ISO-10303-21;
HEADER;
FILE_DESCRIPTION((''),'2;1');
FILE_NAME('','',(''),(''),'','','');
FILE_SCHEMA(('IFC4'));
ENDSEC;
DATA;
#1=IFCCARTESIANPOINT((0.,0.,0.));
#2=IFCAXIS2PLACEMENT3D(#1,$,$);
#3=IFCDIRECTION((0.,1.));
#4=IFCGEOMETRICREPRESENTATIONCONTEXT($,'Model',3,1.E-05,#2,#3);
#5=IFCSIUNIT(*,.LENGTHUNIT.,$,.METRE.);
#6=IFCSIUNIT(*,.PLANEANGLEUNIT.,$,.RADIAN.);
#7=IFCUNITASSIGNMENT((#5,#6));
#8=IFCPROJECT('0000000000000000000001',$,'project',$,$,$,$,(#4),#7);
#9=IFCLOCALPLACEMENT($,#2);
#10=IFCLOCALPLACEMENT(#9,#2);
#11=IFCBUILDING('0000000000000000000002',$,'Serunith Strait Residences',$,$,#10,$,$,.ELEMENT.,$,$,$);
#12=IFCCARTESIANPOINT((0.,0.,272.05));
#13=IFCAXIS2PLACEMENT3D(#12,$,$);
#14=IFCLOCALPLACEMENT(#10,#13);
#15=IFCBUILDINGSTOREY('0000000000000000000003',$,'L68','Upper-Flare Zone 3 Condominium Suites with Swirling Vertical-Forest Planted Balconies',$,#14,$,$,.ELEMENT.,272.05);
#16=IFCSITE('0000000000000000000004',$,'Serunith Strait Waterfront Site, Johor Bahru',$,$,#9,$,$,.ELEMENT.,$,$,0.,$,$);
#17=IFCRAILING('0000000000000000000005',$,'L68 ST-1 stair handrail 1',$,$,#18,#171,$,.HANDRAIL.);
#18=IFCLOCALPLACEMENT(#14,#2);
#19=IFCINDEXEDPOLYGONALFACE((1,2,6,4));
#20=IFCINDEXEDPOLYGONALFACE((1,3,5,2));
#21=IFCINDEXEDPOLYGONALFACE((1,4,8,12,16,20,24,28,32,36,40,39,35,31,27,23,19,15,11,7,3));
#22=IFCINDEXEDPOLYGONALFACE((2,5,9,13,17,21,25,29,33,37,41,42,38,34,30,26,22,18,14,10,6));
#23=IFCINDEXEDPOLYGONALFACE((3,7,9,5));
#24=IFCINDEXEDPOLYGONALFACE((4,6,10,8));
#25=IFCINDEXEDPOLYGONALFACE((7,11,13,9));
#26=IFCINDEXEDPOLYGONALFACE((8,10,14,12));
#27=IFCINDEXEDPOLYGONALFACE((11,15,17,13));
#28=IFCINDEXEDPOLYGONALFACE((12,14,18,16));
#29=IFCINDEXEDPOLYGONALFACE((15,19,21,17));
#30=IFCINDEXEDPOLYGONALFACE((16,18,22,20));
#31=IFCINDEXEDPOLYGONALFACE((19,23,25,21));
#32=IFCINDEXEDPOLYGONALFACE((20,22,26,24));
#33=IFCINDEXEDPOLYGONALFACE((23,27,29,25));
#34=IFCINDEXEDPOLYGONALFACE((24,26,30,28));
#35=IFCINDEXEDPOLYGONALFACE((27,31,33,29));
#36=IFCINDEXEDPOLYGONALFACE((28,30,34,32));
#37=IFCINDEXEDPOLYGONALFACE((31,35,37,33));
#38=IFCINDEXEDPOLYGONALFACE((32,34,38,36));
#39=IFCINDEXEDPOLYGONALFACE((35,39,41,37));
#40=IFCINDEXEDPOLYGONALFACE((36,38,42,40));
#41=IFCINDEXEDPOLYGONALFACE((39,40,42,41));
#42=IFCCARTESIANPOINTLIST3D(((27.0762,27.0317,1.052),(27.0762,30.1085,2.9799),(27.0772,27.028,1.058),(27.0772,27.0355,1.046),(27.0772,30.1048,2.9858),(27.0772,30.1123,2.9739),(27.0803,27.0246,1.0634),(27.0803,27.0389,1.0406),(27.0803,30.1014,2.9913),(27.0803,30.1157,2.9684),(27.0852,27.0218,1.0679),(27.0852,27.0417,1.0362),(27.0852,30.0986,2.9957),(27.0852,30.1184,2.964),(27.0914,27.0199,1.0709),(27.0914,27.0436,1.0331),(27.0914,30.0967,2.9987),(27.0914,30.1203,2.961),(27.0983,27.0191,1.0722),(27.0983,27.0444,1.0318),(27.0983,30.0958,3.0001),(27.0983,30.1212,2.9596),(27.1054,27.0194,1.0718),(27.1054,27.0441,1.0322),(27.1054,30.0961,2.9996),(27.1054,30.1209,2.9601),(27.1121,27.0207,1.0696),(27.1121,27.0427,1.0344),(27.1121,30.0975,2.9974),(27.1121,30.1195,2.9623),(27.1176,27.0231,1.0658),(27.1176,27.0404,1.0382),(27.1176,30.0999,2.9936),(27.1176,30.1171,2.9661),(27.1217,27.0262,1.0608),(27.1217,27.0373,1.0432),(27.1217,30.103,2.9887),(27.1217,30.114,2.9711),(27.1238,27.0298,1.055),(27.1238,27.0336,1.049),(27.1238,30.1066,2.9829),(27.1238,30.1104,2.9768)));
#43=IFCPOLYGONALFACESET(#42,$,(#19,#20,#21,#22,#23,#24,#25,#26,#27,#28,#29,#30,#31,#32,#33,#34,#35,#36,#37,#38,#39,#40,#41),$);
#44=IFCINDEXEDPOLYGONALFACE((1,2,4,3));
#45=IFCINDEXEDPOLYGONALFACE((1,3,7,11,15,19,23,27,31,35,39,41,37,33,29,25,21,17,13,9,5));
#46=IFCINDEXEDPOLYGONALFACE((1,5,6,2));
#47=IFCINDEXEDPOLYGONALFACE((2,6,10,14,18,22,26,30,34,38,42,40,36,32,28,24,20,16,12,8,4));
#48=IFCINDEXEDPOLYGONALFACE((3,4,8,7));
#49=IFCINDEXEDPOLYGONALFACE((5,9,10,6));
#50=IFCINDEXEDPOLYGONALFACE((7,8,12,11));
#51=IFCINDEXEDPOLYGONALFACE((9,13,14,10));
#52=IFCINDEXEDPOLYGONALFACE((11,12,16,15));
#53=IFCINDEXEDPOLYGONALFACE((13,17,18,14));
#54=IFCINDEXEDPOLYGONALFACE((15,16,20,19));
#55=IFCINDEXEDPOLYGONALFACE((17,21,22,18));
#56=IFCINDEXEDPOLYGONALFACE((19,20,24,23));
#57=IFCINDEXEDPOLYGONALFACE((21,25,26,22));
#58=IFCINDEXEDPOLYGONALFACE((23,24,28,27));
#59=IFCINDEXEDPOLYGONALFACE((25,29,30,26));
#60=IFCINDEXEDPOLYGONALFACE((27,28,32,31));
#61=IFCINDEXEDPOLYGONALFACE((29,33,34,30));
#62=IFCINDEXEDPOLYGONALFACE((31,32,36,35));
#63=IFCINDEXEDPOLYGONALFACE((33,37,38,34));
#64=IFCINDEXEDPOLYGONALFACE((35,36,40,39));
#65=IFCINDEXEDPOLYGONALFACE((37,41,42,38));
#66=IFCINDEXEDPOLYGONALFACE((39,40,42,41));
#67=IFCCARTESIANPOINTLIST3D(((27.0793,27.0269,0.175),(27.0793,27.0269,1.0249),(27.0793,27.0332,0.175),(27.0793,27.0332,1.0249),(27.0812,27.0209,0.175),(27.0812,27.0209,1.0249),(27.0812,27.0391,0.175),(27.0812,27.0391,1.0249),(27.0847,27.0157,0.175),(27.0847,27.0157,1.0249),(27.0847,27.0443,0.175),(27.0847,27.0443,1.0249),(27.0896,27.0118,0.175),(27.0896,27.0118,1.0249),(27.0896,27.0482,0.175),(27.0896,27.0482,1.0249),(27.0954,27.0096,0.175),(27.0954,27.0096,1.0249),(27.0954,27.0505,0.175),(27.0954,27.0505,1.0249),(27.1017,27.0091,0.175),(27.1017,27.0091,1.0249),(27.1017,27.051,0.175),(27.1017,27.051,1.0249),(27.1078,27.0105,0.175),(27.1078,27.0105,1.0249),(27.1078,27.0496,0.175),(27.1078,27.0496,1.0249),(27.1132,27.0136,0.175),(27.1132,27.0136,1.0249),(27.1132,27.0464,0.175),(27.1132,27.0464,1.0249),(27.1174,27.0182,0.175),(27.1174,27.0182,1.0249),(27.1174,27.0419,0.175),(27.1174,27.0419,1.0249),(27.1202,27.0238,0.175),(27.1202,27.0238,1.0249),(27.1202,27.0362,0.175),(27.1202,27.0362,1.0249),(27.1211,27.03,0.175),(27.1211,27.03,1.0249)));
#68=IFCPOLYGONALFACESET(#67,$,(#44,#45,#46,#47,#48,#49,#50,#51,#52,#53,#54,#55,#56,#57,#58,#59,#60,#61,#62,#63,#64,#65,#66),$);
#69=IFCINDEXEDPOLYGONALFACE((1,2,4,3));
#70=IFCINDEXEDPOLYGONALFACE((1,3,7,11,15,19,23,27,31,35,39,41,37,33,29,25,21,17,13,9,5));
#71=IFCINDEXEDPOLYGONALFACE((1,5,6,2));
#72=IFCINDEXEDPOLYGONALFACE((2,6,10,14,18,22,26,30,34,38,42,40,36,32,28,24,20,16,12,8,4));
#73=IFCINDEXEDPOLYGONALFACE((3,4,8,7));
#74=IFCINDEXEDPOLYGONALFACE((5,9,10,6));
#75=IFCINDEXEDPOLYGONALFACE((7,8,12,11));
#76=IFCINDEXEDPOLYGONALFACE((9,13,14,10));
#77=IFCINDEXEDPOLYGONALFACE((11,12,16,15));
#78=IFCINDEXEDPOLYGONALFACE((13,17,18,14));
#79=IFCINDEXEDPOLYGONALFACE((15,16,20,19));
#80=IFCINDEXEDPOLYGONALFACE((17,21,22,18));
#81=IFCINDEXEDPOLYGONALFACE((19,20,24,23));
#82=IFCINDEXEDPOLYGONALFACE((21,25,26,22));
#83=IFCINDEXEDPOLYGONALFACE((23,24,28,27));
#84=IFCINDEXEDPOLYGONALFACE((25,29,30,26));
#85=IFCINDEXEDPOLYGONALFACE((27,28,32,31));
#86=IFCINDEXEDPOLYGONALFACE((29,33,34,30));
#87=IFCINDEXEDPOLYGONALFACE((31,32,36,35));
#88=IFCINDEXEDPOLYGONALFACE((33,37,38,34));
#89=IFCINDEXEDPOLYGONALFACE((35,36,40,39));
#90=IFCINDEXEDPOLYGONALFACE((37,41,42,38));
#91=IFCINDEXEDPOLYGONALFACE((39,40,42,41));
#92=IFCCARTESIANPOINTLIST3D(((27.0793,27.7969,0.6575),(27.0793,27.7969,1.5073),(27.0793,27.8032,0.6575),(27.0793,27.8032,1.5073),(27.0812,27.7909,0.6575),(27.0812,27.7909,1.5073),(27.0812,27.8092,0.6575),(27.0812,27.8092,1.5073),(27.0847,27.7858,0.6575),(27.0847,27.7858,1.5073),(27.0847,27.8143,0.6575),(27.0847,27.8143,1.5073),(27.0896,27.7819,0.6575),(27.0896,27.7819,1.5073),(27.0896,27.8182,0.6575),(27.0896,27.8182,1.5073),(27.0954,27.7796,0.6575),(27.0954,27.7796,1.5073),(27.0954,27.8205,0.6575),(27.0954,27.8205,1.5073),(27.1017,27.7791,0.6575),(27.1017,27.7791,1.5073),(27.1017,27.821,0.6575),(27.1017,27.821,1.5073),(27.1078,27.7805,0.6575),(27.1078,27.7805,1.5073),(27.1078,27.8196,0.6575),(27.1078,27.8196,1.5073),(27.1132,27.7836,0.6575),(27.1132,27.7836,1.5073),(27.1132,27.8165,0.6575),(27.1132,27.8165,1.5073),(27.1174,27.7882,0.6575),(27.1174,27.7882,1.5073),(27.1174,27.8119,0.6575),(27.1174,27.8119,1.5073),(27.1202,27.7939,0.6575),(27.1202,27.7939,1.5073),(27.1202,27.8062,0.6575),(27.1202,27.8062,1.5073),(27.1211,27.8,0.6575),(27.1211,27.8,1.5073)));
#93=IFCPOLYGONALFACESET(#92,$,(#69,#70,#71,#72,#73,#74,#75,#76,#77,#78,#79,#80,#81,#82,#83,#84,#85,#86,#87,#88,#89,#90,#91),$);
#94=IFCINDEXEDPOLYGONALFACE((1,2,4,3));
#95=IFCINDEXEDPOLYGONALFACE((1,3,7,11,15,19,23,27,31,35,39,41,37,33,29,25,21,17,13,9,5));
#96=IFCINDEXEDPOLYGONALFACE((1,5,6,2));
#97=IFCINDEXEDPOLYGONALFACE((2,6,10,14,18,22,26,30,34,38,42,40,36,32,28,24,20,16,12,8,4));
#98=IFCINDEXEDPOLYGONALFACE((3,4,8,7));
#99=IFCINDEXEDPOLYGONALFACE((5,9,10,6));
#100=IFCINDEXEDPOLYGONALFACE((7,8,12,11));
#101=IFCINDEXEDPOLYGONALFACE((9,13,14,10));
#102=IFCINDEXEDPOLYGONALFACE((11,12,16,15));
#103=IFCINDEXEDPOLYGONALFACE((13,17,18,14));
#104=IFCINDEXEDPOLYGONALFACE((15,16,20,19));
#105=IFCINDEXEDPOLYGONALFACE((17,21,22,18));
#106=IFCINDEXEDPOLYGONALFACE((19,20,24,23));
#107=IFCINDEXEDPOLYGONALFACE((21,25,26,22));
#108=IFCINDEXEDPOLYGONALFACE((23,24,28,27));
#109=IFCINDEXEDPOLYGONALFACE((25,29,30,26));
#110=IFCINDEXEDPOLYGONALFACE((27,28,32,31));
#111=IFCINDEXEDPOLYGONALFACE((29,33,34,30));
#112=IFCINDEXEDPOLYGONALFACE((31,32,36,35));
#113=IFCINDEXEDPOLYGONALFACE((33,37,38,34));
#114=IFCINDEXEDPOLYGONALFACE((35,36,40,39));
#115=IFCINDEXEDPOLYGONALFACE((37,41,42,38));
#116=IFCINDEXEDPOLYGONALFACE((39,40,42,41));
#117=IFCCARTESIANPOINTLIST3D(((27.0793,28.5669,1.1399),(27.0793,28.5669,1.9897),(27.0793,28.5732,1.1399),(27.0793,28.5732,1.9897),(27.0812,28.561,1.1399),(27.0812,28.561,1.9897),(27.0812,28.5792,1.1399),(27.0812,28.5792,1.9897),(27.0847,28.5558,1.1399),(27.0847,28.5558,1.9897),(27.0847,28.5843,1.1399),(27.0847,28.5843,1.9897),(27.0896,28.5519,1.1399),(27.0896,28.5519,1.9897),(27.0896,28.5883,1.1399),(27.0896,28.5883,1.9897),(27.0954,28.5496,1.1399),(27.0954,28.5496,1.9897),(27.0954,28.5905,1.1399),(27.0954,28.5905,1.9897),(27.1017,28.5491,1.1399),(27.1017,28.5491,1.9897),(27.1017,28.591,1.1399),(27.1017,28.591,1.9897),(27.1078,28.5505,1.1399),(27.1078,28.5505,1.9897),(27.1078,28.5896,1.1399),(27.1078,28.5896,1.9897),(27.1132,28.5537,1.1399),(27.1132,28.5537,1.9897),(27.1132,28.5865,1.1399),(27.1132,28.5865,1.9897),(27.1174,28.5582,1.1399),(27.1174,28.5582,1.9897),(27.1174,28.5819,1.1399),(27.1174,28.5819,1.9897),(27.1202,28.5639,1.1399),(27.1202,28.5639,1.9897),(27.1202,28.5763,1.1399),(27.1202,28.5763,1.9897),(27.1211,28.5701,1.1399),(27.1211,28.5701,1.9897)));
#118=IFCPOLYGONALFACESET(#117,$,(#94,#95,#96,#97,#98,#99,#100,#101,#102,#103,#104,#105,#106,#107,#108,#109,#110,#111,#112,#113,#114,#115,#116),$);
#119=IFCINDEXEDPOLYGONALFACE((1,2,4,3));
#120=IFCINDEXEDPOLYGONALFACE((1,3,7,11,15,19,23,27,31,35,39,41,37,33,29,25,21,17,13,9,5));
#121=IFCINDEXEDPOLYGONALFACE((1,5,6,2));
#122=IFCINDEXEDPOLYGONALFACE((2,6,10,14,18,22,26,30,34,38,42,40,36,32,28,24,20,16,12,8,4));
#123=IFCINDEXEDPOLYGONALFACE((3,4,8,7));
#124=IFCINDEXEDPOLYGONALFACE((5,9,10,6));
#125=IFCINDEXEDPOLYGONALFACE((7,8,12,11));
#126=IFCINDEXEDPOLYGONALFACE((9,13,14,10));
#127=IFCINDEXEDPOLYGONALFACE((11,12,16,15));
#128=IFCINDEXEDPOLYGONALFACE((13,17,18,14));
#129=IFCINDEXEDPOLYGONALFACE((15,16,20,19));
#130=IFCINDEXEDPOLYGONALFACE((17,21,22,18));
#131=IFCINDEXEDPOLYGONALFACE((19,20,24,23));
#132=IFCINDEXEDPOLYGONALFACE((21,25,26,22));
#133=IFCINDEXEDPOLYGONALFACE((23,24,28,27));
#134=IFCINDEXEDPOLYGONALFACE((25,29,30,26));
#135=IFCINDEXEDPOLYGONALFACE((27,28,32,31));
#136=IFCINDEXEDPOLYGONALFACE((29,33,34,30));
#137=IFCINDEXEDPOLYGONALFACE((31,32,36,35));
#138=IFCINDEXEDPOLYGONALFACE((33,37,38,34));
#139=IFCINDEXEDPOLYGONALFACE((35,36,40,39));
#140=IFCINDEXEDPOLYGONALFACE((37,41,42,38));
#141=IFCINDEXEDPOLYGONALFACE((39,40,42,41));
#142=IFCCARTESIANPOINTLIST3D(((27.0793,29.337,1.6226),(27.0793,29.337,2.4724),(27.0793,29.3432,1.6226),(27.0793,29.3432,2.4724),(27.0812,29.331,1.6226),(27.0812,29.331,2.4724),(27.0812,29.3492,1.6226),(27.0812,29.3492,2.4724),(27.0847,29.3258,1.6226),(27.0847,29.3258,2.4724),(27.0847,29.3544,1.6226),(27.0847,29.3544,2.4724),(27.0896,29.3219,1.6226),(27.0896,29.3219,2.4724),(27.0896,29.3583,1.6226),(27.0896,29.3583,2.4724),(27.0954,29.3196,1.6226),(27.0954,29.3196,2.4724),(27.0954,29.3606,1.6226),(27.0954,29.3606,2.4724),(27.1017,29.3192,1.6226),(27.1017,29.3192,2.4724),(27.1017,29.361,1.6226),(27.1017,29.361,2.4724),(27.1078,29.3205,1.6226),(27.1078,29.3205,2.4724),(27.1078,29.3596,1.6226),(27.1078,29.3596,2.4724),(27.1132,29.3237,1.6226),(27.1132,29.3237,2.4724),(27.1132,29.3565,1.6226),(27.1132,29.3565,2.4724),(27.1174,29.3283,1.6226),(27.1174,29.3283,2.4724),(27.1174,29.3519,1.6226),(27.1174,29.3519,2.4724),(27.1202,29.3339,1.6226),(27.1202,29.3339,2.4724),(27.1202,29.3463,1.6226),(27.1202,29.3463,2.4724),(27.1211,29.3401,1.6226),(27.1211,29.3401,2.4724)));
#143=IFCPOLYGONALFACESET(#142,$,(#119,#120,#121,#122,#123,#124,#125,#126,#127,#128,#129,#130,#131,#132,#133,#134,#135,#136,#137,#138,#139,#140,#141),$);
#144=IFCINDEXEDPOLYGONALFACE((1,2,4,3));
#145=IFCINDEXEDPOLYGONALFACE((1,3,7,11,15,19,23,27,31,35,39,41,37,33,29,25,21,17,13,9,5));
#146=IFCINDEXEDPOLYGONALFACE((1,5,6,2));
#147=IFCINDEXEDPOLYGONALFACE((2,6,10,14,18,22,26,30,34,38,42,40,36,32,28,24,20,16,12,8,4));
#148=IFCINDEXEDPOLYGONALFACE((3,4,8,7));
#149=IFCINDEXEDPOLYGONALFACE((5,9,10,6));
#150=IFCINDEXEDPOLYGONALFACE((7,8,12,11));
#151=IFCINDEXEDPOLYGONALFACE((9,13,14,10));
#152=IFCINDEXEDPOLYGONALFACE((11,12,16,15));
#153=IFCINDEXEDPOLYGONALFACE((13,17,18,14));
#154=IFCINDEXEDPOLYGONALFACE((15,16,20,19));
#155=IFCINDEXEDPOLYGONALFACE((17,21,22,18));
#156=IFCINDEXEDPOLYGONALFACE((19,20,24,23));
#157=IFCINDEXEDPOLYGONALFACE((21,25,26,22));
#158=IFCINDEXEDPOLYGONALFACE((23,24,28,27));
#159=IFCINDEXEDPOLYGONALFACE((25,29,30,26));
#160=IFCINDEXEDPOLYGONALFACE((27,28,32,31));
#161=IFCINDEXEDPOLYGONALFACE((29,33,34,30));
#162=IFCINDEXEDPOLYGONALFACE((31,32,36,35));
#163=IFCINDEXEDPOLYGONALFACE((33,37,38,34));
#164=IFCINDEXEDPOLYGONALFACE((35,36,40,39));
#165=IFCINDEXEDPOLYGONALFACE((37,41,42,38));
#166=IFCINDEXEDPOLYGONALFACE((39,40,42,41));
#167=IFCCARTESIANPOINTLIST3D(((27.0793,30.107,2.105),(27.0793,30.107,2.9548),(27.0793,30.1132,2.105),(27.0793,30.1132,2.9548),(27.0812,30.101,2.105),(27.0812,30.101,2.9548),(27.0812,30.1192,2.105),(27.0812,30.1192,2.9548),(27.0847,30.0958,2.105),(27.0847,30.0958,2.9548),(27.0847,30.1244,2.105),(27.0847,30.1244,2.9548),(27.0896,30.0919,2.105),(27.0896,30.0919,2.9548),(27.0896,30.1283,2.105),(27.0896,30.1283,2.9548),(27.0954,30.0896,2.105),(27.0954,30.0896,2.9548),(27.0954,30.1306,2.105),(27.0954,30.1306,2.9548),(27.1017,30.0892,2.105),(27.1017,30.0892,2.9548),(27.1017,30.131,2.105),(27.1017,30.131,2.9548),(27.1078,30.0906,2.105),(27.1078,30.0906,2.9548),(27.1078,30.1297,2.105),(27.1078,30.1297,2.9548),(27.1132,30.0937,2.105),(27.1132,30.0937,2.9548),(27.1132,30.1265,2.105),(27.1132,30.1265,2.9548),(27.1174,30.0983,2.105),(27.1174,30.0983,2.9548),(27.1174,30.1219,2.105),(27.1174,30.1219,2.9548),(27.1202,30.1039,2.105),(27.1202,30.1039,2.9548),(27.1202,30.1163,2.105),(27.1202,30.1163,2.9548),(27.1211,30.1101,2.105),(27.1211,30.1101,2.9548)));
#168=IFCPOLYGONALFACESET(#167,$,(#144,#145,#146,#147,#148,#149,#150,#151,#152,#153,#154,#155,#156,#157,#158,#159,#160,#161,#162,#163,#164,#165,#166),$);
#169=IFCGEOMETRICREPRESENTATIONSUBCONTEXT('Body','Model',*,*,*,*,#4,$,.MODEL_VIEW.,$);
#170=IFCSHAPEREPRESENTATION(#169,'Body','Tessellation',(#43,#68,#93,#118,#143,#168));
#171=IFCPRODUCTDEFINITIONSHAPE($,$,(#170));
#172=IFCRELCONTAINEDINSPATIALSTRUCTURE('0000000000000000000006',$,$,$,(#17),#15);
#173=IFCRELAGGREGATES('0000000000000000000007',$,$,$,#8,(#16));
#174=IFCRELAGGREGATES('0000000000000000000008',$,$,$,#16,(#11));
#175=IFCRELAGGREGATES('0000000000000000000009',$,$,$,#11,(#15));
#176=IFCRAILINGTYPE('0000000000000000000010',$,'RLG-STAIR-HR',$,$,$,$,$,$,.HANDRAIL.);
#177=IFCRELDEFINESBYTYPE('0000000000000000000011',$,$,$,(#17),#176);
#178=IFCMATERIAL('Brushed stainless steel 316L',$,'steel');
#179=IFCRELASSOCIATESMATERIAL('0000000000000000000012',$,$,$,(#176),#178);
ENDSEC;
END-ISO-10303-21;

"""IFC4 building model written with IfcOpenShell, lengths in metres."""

from ifc_helpers import new_model, si_unit, direction, frame, origin, origin_2d, place, context, subcontext, project, spatial, circle, extrude, material, type_object, element, save


model = new_model("IFC4")

# Units and contexts
model_context = context("Model", 3, precision=1e-05, world=origin(), true_north=direction((0.0, 1.0)))
body_context = subcontext(model_context, "Body", "Model", "MODEL_VIEW")
ifc_project = project(units=[si_unit("LENGTHUNIT", "METRE"), si_unit("PLANEANGLEUNIT", "RADIAN")], contexts=[model_context])

# Site, building, storey
site_placement = place(None, origin())
site = spatial("IfcSite", under=ifc_project, at=site_placement, Name="Serunith Strait Waterfront Site, Johor Bahru", CompositionType="ELEMENT", RefElevation=0.0)
building_placement = place(site_placement, origin())
building = spatial("IfcBuilding", under=site, at=building_placement, Name="Serunith Strait Residences", CompositionType="ELEMENT")
storey_placement = place(building_placement, frame((0.0, 0.0, 272.05)))
storey = spatial("IfcBuildingStorey", under=building, at=storey_placement, Name="L68", Description="Upper-Flare Zone 3 Condominium Suites with Swirling Vertical-Forest Planted Balconies", CompositionType="ELEMENT", Elevation=272.05)

# Railing
ifc_material_1 = material(Name="Brushed stainless steel 316L", Category="steel")
railing_type_1 = type_object("IfcRailingType", Name="RLG-STAIR-HR", PredefinedType="HANDRAIL", material=ifc_material_1)
railing_1_placement = place(storey_placement, frame((27.1001, 27.03, 0.175)))
element("IfcRailing", 1, at=railing_1_placement, inside=storey, type_object=railing_type_1, Name="L68 ST-1 stair handrail 1", PredefinedType="HANDRAIL", context=body_context, shape_type="SweptSolid", body=[
    extrude(circle(Radius=0.0239, at=origin_2d()), frame((0.0, 0.0017, 0.877), z_axis=(0.0, 0.847394, 0.530965), x_axis=(-1.0, 0.0, 0.0)), (0.0, 0.0, 1.0), 3.6309),
    extrude(circle(Radius=0.021, at=origin_2d()), origin(), (0.0, 0.0, 1.0), 0.8499),
    extrude(circle(Radius=0.021, at=origin_2d()), frame((0.0, 0.77, 0.4824)), (0.0, 0.0, 1.0), 0.8499),
    extrude(circle(Radius=0.021, at=origin_2d()), frame((0.0, 1.54, 0.9648)), (0.0, 0.0, 1.0), 0.8499),
    extrude(circle(Radius=0.021, at=origin_2d()), frame((0.0, 2.3101, 1.4475)), (0.0, 0.0, 1.0), 0.8499),
    extrude(circle(Radius=0.021, at=origin_2d()), frame((0.0, 3.0801, 1.9299)), (0.0, 0.0, 1.0), 0.8499),
])

save(model, "model.ifc")
